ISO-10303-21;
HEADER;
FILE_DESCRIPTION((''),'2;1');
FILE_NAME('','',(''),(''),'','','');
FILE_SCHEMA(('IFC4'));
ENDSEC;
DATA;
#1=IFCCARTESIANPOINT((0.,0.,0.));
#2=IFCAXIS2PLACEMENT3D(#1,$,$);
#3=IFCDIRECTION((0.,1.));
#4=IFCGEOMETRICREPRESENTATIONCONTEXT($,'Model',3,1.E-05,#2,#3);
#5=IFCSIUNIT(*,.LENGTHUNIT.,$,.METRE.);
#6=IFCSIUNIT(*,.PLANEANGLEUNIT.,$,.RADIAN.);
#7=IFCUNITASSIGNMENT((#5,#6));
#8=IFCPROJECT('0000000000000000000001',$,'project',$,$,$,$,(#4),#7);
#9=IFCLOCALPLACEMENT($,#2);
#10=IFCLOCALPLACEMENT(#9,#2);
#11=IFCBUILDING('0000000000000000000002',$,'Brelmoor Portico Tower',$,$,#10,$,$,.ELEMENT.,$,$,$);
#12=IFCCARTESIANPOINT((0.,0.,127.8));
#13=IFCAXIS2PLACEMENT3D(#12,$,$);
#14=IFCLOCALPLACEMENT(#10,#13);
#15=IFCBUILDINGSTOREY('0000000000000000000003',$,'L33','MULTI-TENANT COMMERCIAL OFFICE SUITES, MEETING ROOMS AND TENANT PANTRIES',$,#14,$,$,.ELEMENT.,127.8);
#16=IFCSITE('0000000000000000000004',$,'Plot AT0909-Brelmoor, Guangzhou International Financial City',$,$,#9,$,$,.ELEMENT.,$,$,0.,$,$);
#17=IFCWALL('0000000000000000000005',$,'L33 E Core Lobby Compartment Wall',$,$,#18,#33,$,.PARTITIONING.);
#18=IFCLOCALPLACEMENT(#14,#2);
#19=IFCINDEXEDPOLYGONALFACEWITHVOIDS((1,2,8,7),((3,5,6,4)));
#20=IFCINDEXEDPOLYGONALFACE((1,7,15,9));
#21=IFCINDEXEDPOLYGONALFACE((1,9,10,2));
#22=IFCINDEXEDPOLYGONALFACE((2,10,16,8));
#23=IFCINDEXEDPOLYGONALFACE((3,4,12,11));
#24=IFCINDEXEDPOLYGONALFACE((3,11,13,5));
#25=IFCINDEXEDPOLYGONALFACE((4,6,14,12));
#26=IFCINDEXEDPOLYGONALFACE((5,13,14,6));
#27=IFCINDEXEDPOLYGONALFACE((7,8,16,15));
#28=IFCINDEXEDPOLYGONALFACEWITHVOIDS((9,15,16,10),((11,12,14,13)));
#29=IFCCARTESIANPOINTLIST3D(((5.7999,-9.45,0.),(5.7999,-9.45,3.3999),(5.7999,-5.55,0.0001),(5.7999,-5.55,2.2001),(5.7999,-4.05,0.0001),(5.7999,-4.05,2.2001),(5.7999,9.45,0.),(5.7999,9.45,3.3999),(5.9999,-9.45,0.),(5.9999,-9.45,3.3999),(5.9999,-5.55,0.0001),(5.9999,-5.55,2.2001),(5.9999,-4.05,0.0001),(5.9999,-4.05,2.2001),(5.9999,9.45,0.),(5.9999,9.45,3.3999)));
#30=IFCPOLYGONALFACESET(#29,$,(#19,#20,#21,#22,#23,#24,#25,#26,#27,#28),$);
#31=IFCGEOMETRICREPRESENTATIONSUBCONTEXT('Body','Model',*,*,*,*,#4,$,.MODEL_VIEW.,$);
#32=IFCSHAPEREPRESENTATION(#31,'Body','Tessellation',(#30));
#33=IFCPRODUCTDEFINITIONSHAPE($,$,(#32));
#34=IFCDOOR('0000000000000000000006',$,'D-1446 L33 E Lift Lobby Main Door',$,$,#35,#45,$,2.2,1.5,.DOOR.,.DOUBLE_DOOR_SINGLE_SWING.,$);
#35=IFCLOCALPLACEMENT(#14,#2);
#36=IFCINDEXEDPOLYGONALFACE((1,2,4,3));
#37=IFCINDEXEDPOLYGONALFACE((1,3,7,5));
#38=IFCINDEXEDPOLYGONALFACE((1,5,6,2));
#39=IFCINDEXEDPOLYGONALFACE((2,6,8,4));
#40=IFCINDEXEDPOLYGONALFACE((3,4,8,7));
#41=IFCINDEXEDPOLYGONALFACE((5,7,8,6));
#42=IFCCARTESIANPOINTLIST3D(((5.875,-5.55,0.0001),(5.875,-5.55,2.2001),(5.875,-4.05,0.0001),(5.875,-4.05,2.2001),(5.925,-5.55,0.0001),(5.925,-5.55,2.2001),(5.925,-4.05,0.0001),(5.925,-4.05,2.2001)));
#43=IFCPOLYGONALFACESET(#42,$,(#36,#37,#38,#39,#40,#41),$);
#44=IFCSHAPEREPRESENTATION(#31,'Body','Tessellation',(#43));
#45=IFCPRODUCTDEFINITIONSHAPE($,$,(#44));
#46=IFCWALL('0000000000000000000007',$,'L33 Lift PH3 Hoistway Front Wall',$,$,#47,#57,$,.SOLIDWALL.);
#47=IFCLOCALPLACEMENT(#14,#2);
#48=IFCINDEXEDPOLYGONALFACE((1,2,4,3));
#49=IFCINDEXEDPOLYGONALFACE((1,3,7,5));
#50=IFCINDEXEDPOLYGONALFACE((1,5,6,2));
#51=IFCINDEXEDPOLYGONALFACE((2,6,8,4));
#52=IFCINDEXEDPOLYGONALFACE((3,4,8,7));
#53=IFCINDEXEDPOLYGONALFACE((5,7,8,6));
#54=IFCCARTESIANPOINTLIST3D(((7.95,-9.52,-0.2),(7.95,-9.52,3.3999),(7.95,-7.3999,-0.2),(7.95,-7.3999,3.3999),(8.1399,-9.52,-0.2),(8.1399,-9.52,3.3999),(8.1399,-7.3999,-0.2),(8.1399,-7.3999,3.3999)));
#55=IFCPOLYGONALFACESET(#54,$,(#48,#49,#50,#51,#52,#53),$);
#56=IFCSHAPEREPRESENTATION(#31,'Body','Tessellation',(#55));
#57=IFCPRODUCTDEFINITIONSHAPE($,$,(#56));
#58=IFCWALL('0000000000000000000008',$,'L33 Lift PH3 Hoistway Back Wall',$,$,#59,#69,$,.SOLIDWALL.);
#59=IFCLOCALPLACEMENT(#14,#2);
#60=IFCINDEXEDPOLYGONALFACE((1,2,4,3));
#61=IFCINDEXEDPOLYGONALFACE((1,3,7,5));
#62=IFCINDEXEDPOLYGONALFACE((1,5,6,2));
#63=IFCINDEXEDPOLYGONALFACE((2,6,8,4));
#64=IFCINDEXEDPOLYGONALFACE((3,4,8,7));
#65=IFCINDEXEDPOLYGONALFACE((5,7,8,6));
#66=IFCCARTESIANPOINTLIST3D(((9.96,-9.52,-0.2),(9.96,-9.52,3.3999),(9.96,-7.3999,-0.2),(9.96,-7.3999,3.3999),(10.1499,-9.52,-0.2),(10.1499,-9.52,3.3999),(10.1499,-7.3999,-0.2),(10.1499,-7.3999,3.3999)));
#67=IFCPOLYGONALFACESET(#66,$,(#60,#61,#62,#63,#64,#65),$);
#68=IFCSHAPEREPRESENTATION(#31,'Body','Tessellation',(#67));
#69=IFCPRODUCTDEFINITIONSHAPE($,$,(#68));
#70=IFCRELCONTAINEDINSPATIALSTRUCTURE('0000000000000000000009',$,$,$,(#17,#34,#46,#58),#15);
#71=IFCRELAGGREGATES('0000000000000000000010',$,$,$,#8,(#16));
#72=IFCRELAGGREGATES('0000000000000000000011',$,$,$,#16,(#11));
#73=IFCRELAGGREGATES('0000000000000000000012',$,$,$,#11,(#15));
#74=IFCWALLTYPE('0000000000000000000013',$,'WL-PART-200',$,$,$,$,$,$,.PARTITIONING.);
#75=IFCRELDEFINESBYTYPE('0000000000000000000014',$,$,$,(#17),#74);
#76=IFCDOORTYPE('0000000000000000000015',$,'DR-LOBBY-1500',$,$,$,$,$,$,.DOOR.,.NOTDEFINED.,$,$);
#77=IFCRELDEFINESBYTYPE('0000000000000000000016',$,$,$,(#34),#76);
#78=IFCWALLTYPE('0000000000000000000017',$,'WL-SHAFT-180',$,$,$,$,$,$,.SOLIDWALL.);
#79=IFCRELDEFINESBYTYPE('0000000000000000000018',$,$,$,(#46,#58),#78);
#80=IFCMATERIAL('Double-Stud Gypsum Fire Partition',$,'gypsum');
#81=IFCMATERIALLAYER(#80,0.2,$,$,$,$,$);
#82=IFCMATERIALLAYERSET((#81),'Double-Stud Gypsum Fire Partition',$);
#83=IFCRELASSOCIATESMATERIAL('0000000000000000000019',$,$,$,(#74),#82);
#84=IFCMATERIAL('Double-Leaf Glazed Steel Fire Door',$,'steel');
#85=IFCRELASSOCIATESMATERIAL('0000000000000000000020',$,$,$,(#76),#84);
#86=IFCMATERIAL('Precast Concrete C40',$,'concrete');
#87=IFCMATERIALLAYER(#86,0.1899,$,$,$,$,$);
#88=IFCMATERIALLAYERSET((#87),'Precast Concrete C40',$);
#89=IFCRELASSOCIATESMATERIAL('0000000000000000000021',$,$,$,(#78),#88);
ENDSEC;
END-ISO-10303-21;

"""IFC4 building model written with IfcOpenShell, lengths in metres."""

from ifc_helpers import new_model, si_unit, direction, frame, frame_2d, origin, place, context, subcontext, project, spatial, rectangle, extrude, material, layer, layer_set, type_object, element, fill, save


model = new_model("IFC4")

# Units and contexts
model_context = context("Model", 3, precision=1e-05, world=origin(), true_north=direction((0.0, 1.0)))
body_context = subcontext(model_context, "Body", "Model", "MODEL_VIEW")
ifc_project = project(units=[si_unit("LENGTHUNIT", "METRE"), si_unit("PLANEANGLEUNIT", "RADIAN")], contexts=[model_context])

# Site, building, storey
site_placement = place(None, origin())
site = spatial("IfcSite", under=ifc_project, at=site_placement, Name="Plot AT0909-Brelmoor, Guangzhou International Financial City", CompositionType="ELEMENT", RefElevation=0.0)
building_placement = place(site_placement, origin())
building = spatial("IfcBuilding", under=site, at=building_placement, Name="Brelmoor Portico Tower", CompositionType="ELEMENT")
storey_placement = place(building_placement, frame((0.0, 0.0, 127.8)))
storey = spatial("IfcBuildingStorey", under=building, at=storey_placement, Name="L33", Description="MULTI-TENANT COMMERCIAL OFFICE SUITES, MEETING ROOMS AND TENANT PANTRIES", CompositionType="ELEMENT", Elevation=127.8)

# Wall, opening, door
ifc_material_1 = material(Name="Double-Stud Gypsum Fire Partition", Category="gypsum")
ifc_layer_1 = layer(ifc_material_1, 0.2)
ifc_layer_set_1 = layer_set([ifc_layer_1], Name="Double-Stud Gypsum Fire Partition")
wall_type_1 = type_object("IfcWallType", Name="WL-PART-200", PredefinedType="PARTITIONING", material=ifc_layer_set_1)
wall_1_placement = place(storey_placement, frame((5.8999, -9.45, 0.0), z_axis=(0.0, 0.0, 1.0), x_axis=(0.0, 1.0, 0.0)))
wall_1 = element("IfcWall", 1, at=wall_1_placement, inside=storey, type_object=wall_type_1, Name="L33 E Core Lobby Compartment Wall", PredefinedType="PARTITIONING", context=body_context, shape_type="SweptSolid", body=[
    extrude(rectangle(XDim=18.8999, YDim=0.2, at=frame_2d((9.45, 0.0))), origin(), (0.0, 0.0, 1.0), 3.3999),
])
opening_1_placement = place(wall_1_placement, frame((3.8999, 0.0, 0.0)))
opening_1 = element("IfcOpeningElement", 2, at=opening_1_placement, cuts=wall_1, PredefinedType="OPENING", context=body_context, shape_type="SweptSolid", body=[
    extrude(rectangle(XDim=1.5, YDim=2.2, at=frame_2d((0.75, 1.1001))), frame((0.0, 0.1099, 0.0), z_axis=(0.0, -1.0, 0.0), x_axis=(1.0, 0.0, 0.0)), (0.0, 0.0, 1.0), 0.22),
])
ifc_material_2 = material(Name="Double-Leaf Glazed Steel Fire Door", Category="steel")
door_type_1 = type_object("IfcDoorType", Name="DR-LOBBY-1500", OperationType="NOTDEFINED", PredefinedType="DOOR", material=ifc_material_2)
door_1_placement = place(opening_1_placement, origin())
door_1 = element("IfcDoor", 3, at=door_1_placement, inside=storey, type_object=door_type_1, Name="D-1446 L33 E Lift Lobby Main Door", OperationType="DOUBLE_DOOR_SINGLE_SWING", OverallHeight=2.2, OverallWidth=1.5, PredefinedType="DOOR", context=body_context, shape_type="SweptSolid", body=[
    extrude(rectangle(XDim=1.5, YDim=2.2, at=frame_2d((0.75, 1.1001))), frame((0.0, 0.0249, 0.0), z_axis=(0.0, -1.0, 0.0), x_axis=(1.0, 0.0, 0.0)), (0.0, 0.0, 1.0), 0.05),
])
fill(opening_1, door_1)

# Walls
ifc_material_3 = material(Name="Precast Concrete C40", Category="concrete")
ifc_layer_2 = layer(ifc_material_3, 0.1899)
ifc_layer_set_2 = layer_set([ifc_layer_2], Name="Precast Concrete C40")
wall_type_2 = type_object("IfcWallType", Name="WL-SHAFT-180", PredefinedType="SOLIDWALL", material=ifc_layer_set_2)
for number, where, z_axis, x_axis, name in (
    (4, (8.0449, -9.52, -0.2), (0.0, 0.0, 1.0), (0.0, 1.0, 0.0), "L33 Lift PH3 Hoistway Front Wall"),
    (5, (10.0549, -9.52, -0.2), (0.0, 0.0, 1.0), (0.0, 1.0, 0.0), "L33 Lift PH3 Hoistway Back Wall"),
):
    element("IfcWall", number, at=place(storey_placement, frame(where, z_axis=z_axis, x_axis=x_axis)), inside=storey, type_object=wall_type_2, Name=name, PredefinedType="SOLIDWALL", context=body_context, shape_type="SweptSolid", body=[
        extrude(rectangle(XDim=2.1201, YDim=0.1899, at=frame_2d((1.0601, 0.0))), origin(), (0.0, 0.0, 1.0), 3.5999),
    ])

save(model, "model.ifc")
